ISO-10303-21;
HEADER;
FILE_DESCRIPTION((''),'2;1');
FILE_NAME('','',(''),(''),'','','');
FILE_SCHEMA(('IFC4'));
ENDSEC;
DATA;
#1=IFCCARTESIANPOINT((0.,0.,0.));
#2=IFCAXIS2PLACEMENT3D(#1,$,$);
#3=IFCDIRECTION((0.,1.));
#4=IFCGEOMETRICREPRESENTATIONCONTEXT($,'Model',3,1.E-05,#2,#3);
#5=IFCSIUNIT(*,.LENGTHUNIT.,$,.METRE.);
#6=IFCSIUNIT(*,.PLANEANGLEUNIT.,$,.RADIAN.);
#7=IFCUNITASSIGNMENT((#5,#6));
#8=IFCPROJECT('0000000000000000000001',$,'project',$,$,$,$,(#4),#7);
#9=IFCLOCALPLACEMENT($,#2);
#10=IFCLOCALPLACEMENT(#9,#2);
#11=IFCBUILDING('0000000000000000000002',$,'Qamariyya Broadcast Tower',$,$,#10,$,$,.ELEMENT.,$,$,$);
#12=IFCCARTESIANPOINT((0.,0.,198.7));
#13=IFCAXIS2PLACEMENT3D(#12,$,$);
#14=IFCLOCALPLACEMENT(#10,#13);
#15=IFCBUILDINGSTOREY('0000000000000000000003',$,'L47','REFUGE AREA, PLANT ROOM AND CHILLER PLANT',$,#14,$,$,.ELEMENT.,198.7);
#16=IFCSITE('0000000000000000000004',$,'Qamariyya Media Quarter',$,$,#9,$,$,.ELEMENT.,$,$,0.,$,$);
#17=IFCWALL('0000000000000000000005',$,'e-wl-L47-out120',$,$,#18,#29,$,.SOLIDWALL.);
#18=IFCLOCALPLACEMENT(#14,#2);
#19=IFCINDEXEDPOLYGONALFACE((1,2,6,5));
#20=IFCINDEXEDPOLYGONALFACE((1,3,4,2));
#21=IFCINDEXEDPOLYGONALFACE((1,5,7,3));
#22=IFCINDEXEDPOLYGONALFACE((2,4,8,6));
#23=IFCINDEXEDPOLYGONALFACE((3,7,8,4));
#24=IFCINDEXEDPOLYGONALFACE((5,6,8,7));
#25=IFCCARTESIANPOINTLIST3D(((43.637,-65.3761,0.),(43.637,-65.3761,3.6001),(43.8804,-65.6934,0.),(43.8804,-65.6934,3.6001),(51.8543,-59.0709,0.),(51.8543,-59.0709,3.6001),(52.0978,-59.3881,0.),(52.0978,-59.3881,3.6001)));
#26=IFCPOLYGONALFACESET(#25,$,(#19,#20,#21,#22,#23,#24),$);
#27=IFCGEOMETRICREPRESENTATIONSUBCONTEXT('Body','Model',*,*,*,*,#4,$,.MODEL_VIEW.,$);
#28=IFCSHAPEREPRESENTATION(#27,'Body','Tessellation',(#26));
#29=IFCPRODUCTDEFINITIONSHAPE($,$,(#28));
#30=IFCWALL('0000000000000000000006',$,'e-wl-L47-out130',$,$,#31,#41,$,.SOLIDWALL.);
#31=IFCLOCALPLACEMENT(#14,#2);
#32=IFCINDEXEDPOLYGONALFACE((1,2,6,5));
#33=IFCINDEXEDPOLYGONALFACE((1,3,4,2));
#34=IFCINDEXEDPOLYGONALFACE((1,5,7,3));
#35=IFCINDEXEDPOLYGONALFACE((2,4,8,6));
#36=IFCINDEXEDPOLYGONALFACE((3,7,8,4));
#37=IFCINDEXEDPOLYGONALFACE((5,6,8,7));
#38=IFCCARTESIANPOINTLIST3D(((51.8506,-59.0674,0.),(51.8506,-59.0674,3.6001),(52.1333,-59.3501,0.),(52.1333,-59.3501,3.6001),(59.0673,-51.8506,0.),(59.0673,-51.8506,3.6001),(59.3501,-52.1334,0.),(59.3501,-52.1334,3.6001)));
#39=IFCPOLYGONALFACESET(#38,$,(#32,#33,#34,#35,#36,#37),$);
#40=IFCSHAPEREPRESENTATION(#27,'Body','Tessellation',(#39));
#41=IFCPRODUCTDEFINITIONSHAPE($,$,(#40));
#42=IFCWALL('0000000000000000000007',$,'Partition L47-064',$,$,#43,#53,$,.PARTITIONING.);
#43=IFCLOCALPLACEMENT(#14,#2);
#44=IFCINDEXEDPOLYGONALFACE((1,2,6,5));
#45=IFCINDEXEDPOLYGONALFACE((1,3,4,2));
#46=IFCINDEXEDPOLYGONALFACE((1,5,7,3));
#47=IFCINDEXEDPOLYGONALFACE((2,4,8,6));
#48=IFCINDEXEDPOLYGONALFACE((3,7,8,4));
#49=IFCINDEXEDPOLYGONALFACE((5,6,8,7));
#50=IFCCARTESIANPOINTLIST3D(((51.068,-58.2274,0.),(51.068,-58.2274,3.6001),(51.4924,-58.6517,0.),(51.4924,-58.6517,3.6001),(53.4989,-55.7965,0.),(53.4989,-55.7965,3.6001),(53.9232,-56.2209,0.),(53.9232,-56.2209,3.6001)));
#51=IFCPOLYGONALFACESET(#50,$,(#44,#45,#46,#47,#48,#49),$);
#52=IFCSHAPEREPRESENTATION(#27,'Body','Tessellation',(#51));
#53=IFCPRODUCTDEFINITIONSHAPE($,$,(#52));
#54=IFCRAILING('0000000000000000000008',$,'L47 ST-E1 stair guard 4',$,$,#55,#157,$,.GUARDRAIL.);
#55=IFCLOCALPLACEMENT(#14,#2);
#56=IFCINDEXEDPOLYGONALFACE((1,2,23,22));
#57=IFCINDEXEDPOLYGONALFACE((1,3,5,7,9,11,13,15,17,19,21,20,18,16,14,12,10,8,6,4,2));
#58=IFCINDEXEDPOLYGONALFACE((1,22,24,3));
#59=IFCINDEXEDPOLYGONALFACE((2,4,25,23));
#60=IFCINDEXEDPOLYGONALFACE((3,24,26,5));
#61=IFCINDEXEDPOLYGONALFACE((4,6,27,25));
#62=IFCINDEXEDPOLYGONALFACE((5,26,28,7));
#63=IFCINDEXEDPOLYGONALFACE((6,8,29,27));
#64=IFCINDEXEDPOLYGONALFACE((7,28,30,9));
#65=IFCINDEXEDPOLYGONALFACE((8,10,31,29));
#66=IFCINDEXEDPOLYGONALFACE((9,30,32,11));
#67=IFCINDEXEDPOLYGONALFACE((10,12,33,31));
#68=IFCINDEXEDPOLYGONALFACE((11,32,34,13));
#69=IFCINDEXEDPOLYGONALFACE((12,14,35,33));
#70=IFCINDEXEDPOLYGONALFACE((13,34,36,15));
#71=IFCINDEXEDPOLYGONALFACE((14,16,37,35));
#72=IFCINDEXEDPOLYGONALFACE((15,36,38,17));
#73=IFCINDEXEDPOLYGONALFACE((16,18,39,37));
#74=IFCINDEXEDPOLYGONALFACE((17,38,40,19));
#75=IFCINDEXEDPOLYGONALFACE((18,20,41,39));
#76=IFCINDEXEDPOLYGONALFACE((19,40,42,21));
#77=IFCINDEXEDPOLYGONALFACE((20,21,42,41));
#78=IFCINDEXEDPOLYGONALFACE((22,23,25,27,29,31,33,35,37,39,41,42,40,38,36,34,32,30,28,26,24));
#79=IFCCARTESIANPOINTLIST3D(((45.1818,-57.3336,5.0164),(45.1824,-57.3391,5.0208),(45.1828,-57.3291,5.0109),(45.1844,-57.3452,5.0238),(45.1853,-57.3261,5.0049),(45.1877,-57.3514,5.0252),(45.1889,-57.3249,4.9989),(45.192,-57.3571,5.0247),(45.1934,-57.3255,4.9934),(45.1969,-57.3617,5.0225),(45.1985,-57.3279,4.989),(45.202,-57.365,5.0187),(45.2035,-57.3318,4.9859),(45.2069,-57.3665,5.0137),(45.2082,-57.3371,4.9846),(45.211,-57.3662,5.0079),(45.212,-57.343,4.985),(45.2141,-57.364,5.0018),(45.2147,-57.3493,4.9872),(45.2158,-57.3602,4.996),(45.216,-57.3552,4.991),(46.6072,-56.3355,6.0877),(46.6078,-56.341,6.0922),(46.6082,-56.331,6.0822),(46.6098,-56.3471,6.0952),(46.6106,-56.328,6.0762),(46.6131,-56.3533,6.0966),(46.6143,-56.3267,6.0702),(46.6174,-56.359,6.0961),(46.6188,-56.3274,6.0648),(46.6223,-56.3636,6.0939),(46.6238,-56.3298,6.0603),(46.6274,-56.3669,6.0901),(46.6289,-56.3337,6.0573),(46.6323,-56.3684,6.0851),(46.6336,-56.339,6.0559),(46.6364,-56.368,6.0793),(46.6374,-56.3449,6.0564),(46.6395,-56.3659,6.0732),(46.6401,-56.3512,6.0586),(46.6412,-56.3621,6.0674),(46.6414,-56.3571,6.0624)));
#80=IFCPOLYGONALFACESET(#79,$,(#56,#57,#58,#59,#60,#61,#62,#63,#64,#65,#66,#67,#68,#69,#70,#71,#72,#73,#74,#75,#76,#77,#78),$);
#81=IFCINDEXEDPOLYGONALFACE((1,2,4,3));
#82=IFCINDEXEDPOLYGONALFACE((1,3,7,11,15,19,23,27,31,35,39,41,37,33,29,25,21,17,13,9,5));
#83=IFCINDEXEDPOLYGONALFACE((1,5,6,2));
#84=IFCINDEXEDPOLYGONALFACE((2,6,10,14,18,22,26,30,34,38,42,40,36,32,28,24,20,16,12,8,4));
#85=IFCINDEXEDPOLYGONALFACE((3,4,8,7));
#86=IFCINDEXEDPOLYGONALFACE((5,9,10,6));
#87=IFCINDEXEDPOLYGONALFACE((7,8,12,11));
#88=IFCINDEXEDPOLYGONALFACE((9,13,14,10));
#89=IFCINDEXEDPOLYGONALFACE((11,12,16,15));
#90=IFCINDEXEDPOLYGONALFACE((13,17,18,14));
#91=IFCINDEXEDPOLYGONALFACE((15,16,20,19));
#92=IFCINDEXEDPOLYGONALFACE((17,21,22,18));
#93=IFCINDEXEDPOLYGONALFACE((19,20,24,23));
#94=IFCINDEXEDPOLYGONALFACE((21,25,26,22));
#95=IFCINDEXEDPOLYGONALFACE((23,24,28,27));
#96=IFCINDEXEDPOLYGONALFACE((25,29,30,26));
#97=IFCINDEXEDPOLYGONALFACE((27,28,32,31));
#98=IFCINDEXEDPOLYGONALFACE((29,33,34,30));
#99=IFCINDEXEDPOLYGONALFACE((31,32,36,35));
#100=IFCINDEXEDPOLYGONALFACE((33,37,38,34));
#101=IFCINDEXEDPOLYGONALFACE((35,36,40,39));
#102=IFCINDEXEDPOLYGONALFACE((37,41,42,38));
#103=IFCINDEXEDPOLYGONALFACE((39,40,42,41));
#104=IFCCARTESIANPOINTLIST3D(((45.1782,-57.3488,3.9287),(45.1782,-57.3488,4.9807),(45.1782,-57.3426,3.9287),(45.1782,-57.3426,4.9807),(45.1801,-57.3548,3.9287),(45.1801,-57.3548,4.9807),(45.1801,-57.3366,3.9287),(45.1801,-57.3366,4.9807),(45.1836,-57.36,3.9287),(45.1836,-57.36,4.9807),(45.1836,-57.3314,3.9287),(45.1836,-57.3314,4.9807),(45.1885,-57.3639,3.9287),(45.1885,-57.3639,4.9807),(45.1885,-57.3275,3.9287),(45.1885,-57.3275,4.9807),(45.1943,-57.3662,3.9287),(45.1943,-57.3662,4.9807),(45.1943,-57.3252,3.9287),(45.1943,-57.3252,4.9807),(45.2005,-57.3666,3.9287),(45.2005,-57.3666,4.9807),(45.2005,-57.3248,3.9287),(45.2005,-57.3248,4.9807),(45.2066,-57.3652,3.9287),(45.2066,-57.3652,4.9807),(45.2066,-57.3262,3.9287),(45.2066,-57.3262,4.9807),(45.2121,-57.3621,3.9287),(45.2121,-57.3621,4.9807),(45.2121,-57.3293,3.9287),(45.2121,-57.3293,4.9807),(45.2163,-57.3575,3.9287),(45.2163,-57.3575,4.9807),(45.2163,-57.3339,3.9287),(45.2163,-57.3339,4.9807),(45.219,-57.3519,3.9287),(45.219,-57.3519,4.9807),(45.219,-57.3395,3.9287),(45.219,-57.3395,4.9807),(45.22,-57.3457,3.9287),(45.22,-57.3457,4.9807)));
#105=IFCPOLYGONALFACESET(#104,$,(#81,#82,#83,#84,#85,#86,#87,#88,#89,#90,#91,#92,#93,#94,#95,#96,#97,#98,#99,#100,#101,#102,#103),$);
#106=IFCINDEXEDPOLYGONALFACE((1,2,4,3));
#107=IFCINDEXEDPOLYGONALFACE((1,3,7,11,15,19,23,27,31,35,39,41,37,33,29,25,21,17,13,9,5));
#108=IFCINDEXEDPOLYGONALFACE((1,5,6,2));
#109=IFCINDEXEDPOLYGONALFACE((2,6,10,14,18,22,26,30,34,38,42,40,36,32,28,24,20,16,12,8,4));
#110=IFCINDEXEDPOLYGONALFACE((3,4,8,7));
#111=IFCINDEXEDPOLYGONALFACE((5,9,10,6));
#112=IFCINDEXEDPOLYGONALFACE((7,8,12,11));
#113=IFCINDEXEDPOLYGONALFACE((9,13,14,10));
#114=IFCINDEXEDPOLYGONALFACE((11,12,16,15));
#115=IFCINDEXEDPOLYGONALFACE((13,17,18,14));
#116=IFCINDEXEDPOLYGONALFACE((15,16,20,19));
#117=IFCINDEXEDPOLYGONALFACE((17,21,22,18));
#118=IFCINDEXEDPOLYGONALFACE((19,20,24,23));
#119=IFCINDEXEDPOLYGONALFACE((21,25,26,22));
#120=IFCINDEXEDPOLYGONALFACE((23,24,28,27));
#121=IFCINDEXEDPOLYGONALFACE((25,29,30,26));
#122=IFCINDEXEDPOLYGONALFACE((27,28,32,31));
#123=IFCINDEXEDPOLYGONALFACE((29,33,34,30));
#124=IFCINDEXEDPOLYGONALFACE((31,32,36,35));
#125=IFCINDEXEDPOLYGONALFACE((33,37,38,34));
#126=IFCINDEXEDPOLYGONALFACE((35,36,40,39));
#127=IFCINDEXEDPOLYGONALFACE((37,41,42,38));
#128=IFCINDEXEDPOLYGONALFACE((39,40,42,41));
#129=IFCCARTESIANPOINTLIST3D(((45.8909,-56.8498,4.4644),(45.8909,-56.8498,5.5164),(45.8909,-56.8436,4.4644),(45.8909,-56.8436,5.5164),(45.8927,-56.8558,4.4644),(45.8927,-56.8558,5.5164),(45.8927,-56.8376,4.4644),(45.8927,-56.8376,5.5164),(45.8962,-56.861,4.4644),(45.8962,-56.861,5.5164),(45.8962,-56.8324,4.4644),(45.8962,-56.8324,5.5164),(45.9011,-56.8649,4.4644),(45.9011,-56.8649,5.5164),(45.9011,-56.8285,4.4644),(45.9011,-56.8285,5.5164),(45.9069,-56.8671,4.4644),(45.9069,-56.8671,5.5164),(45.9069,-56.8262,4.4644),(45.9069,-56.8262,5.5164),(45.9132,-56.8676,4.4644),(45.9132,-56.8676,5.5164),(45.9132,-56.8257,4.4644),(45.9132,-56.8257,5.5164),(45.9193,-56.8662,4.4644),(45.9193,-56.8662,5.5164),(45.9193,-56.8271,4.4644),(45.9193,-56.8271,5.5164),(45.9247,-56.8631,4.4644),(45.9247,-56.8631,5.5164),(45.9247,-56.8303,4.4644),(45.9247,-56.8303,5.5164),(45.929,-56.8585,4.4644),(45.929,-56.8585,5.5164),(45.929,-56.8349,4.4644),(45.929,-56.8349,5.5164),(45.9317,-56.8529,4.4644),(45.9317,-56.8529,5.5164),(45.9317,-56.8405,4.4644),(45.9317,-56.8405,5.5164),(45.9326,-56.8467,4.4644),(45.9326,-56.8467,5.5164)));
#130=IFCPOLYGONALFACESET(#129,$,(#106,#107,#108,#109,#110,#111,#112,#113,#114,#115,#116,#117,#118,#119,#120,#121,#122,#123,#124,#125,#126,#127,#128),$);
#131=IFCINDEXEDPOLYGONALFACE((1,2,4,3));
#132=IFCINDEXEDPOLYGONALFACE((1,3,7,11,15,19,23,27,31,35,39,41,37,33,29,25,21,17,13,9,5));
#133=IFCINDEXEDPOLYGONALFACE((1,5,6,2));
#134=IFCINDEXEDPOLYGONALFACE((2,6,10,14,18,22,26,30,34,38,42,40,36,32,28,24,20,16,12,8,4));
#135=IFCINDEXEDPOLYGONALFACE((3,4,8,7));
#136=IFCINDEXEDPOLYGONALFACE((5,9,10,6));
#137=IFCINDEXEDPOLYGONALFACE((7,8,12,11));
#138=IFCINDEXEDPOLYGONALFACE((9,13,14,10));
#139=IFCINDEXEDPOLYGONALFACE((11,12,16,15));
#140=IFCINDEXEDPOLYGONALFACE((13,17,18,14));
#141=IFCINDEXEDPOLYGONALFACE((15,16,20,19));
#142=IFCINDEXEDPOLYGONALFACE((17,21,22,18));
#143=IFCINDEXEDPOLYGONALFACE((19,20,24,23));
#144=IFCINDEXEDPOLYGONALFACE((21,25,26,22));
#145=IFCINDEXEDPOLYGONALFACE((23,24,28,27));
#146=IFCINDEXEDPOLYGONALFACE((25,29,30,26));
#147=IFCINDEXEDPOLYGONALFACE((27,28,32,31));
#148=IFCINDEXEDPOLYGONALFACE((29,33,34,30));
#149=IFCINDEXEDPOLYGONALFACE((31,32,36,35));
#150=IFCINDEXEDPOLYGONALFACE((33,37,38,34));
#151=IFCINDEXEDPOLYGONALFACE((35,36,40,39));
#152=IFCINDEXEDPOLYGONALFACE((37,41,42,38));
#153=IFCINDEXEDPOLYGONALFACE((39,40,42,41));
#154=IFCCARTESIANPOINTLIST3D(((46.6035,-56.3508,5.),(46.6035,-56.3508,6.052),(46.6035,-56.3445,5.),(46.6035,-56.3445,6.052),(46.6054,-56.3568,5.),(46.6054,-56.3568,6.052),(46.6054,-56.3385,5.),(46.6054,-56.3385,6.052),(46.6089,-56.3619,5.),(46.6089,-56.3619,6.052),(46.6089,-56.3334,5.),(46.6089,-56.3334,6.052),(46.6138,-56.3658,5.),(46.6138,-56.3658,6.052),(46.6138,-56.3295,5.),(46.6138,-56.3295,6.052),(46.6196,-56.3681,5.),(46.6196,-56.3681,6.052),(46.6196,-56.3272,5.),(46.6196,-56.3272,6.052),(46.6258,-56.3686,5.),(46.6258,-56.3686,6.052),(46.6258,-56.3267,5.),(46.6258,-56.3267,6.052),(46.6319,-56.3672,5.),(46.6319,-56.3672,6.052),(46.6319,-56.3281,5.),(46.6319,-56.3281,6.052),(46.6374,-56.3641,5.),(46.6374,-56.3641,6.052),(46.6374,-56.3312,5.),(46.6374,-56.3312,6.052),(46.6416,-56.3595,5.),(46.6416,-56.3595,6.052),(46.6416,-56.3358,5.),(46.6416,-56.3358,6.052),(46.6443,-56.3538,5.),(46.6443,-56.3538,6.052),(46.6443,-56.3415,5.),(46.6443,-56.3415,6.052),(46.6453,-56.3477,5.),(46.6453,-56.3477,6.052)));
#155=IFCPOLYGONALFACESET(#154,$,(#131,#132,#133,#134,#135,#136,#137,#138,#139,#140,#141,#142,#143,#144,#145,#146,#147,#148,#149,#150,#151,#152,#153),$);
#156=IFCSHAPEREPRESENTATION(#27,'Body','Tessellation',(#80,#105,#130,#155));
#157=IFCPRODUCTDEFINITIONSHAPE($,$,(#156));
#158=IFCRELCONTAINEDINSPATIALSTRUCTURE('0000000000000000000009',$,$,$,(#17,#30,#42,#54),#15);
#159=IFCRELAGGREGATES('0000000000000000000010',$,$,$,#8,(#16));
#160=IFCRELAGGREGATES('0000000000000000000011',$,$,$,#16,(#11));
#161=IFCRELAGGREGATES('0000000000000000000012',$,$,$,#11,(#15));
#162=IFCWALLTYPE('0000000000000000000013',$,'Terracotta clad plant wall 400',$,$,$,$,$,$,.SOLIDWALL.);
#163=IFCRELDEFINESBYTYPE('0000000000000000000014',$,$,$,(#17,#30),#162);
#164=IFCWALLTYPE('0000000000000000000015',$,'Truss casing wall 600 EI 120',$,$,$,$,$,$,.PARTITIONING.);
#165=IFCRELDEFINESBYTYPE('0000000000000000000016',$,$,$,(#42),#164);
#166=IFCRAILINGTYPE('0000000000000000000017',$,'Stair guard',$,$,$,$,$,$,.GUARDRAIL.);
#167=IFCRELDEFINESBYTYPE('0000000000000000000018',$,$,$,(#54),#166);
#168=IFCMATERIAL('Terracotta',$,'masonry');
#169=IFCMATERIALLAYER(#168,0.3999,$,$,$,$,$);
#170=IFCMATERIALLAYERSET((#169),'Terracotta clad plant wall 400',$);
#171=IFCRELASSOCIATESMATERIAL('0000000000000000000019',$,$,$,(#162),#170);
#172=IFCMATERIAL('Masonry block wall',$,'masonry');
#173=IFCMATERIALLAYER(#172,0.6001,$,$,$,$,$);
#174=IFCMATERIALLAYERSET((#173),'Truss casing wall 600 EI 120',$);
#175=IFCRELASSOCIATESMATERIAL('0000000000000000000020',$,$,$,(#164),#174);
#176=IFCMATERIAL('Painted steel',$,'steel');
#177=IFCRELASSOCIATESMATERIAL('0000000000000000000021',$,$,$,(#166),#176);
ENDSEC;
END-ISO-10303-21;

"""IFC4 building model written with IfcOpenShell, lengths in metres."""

from ifc_helpers import new_model, si_unit, direction, frame, frame_2d, origin, origin_2d, place, context, subcontext, project, spatial, rectangle, circle, extrude, material, layer, layer_set, type_object, element, save


model = new_model("IFC4")

# Units and contexts
model_context = context("Model", 3, precision=1e-05, world=origin(), true_north=direction((0.0, 1.0)))
body_context = subcontext(model_context, "Body", "Model", "MODEL_VIEW")
ifc_project = project(units=[si_unit("LENGTHUNIT", "METRE"), si_unit("PLANEANGLEUNIT", "RADIAN")], contexts=[model_context])

# Site, building, storey
site_placement = place(None, origin())
site = spatial("IfcSite", under=ifc_project, at=site_placement, Name="Qamariyya Media Quarter", CompositionType="ELEMENT", RefElevation=0.0)
building_placement = place(site_placement, origin())
building = spatial("IfcBuilding", under=site, at=building_placement, Name="Qamariyya Broadcast Tower", CompositionType="ELEMENT")
storey_placement = place(building_placement, frame((0.0, 0.0, 198.7)))
storey = spatial("IfcBuildingStorey", under=building, at=storey_placement, Name="L47", Description="REFUGE AREA, PLANT ROOM AND CHILLER PLANT", CompositionType="ELEMENT", Elevation=198.7)

# Walls
ifc_material_1 = material(Name="Terracotta", Category="masonry")
ifc_layer_1 = layer(ifc_material_1, 0.3999)
ifc_layer_set_1 = layer_set([ifc_layer_1], Name="Terracotta clad plant wall 400")
wall_type_1 = type_object("IfcWallType", Name="Terracotta clad plant wall 400", PredefinedType="SOLIDWALL", material=ifc_layer_set_1)
wall_1_placement = place(storey_placement, frame((43.7588, -65.5347, 0.0), z_axis=(0.0, 0.0, 1.0), x_axis=(0.793361, 0.608751, 0.0)))
element("IfcWall", 1, at=wall_1_placement, inside=storey, type_object=wall_type_1, Name="e-wl-L47-out120", PredefinedType="SOLIDWALL", context=body_context, shape_type="SweptSolid", body=[
    extrude(rectangle(XDim=10.3577, YDim=0.3999, at=frame_2d((5.1787, 0.0))), origin(), (0.0, 0.0, 1.0), 3.6001),
])
wall_2_placement = place(storey_placement, frame((51.9919, -59.2087, 0.0), z_axis=(0.0, 0.0, 1.0), x_axis=(0.707107, 0.707107, 0.0)))
element("IfcWall", 2, at=wall_2_placement, inside=storey, type_object=wall_type_1, Name="e-wl-L47-out130", PredefinedType="SOLIDWALL", context=body_context, shape_type="SweptSolid", body=[
    extrude(rectangle(XDim=10.2061, YDim=0.3999, at=frame_2d((5.103, 0.0))), origin(), (0.0, 0.0, 1.0), 3.6001),
])
ifc_material_2 = material(Name="Masonry block wall", Category="masonry")
ifc_layer_2 = layer(ifc_material_2, 0.6001)
ifc_layer_set_2 = layer_set([ifc_layer_2], Name="Truss casing wall 600 EI 120")
wall_type_2 = type_object("IfcWallType", Name="Truss casing wall 600 EI 120", PredefinedType="PARTITIONING", material=ifc_layer_set_2)
wall_3_placement = place(storey_placement, frame((51.2803, -58.4395, 0.0), z_axis=(0.0, 0.0, 1.0), x_axis=(0.707107, 0.707107, 0.0)))
element("IfcWall", 3, at=wall_3_placement, inside=storey, type_object=wall_type_2, Name="Partition L47-064", PredefinedType="PARTITIONING", context=body_context, shape_type="SweptSolid", body=[
    extrude(rectangle(XDim=3.4377, YDim=0.6001, at=frame_2d((1.7188, 0.0))), origin(), (0.0, 0.0, 1.0), 3.6001),
])

# Railing
ifc_material_3 = material(Name="Painted steel", Category="steel")
railing_type_1 = type_object("IfcRailingType", Name="Stair guard", PredefinedType="GUARDRAIL", material=ifc_material_3)
railing_1_placement = place(storey_placement, frame((45.199, -57.3457, 3.9287)))
element("IfcRailing", 4, at=railing_1_placement, inside=storey, type_object=railing_type_1, Name="L47 ST-E1 stair guard 4", PredefinedType="GUARDRAIL", context=body_context, shape_type="SweptSolid", body=[
    extrude(circle(Radius=0.0239, at=origin_2d()), frame((0.0, 0.0, 1.0762), z_axis=(0.697533, 0.48844, 0.524285), x_axis=(-0.573594, 0.81914, 0.0)), (0.0, 0.0, 1.0), 2.0435),
    extrude(circle(Radius=0.021, at=origin_2d()), origin(), (0.0, 0.0, 1.0), 1.052),
    extrude(circle(Radius=0.021, at=origin_2d()), frame((0.7126, 0.499, 0.5356)), (0.0, 0.0, 1.0), 1.052),
    extrude(circle(Radius=0.021, at=origin_2d()), frame((1.4253, 0.998, 1.0713)), (0.0, 0.0, 1.0), 1.052),
])

save(model, "model.ifc")
